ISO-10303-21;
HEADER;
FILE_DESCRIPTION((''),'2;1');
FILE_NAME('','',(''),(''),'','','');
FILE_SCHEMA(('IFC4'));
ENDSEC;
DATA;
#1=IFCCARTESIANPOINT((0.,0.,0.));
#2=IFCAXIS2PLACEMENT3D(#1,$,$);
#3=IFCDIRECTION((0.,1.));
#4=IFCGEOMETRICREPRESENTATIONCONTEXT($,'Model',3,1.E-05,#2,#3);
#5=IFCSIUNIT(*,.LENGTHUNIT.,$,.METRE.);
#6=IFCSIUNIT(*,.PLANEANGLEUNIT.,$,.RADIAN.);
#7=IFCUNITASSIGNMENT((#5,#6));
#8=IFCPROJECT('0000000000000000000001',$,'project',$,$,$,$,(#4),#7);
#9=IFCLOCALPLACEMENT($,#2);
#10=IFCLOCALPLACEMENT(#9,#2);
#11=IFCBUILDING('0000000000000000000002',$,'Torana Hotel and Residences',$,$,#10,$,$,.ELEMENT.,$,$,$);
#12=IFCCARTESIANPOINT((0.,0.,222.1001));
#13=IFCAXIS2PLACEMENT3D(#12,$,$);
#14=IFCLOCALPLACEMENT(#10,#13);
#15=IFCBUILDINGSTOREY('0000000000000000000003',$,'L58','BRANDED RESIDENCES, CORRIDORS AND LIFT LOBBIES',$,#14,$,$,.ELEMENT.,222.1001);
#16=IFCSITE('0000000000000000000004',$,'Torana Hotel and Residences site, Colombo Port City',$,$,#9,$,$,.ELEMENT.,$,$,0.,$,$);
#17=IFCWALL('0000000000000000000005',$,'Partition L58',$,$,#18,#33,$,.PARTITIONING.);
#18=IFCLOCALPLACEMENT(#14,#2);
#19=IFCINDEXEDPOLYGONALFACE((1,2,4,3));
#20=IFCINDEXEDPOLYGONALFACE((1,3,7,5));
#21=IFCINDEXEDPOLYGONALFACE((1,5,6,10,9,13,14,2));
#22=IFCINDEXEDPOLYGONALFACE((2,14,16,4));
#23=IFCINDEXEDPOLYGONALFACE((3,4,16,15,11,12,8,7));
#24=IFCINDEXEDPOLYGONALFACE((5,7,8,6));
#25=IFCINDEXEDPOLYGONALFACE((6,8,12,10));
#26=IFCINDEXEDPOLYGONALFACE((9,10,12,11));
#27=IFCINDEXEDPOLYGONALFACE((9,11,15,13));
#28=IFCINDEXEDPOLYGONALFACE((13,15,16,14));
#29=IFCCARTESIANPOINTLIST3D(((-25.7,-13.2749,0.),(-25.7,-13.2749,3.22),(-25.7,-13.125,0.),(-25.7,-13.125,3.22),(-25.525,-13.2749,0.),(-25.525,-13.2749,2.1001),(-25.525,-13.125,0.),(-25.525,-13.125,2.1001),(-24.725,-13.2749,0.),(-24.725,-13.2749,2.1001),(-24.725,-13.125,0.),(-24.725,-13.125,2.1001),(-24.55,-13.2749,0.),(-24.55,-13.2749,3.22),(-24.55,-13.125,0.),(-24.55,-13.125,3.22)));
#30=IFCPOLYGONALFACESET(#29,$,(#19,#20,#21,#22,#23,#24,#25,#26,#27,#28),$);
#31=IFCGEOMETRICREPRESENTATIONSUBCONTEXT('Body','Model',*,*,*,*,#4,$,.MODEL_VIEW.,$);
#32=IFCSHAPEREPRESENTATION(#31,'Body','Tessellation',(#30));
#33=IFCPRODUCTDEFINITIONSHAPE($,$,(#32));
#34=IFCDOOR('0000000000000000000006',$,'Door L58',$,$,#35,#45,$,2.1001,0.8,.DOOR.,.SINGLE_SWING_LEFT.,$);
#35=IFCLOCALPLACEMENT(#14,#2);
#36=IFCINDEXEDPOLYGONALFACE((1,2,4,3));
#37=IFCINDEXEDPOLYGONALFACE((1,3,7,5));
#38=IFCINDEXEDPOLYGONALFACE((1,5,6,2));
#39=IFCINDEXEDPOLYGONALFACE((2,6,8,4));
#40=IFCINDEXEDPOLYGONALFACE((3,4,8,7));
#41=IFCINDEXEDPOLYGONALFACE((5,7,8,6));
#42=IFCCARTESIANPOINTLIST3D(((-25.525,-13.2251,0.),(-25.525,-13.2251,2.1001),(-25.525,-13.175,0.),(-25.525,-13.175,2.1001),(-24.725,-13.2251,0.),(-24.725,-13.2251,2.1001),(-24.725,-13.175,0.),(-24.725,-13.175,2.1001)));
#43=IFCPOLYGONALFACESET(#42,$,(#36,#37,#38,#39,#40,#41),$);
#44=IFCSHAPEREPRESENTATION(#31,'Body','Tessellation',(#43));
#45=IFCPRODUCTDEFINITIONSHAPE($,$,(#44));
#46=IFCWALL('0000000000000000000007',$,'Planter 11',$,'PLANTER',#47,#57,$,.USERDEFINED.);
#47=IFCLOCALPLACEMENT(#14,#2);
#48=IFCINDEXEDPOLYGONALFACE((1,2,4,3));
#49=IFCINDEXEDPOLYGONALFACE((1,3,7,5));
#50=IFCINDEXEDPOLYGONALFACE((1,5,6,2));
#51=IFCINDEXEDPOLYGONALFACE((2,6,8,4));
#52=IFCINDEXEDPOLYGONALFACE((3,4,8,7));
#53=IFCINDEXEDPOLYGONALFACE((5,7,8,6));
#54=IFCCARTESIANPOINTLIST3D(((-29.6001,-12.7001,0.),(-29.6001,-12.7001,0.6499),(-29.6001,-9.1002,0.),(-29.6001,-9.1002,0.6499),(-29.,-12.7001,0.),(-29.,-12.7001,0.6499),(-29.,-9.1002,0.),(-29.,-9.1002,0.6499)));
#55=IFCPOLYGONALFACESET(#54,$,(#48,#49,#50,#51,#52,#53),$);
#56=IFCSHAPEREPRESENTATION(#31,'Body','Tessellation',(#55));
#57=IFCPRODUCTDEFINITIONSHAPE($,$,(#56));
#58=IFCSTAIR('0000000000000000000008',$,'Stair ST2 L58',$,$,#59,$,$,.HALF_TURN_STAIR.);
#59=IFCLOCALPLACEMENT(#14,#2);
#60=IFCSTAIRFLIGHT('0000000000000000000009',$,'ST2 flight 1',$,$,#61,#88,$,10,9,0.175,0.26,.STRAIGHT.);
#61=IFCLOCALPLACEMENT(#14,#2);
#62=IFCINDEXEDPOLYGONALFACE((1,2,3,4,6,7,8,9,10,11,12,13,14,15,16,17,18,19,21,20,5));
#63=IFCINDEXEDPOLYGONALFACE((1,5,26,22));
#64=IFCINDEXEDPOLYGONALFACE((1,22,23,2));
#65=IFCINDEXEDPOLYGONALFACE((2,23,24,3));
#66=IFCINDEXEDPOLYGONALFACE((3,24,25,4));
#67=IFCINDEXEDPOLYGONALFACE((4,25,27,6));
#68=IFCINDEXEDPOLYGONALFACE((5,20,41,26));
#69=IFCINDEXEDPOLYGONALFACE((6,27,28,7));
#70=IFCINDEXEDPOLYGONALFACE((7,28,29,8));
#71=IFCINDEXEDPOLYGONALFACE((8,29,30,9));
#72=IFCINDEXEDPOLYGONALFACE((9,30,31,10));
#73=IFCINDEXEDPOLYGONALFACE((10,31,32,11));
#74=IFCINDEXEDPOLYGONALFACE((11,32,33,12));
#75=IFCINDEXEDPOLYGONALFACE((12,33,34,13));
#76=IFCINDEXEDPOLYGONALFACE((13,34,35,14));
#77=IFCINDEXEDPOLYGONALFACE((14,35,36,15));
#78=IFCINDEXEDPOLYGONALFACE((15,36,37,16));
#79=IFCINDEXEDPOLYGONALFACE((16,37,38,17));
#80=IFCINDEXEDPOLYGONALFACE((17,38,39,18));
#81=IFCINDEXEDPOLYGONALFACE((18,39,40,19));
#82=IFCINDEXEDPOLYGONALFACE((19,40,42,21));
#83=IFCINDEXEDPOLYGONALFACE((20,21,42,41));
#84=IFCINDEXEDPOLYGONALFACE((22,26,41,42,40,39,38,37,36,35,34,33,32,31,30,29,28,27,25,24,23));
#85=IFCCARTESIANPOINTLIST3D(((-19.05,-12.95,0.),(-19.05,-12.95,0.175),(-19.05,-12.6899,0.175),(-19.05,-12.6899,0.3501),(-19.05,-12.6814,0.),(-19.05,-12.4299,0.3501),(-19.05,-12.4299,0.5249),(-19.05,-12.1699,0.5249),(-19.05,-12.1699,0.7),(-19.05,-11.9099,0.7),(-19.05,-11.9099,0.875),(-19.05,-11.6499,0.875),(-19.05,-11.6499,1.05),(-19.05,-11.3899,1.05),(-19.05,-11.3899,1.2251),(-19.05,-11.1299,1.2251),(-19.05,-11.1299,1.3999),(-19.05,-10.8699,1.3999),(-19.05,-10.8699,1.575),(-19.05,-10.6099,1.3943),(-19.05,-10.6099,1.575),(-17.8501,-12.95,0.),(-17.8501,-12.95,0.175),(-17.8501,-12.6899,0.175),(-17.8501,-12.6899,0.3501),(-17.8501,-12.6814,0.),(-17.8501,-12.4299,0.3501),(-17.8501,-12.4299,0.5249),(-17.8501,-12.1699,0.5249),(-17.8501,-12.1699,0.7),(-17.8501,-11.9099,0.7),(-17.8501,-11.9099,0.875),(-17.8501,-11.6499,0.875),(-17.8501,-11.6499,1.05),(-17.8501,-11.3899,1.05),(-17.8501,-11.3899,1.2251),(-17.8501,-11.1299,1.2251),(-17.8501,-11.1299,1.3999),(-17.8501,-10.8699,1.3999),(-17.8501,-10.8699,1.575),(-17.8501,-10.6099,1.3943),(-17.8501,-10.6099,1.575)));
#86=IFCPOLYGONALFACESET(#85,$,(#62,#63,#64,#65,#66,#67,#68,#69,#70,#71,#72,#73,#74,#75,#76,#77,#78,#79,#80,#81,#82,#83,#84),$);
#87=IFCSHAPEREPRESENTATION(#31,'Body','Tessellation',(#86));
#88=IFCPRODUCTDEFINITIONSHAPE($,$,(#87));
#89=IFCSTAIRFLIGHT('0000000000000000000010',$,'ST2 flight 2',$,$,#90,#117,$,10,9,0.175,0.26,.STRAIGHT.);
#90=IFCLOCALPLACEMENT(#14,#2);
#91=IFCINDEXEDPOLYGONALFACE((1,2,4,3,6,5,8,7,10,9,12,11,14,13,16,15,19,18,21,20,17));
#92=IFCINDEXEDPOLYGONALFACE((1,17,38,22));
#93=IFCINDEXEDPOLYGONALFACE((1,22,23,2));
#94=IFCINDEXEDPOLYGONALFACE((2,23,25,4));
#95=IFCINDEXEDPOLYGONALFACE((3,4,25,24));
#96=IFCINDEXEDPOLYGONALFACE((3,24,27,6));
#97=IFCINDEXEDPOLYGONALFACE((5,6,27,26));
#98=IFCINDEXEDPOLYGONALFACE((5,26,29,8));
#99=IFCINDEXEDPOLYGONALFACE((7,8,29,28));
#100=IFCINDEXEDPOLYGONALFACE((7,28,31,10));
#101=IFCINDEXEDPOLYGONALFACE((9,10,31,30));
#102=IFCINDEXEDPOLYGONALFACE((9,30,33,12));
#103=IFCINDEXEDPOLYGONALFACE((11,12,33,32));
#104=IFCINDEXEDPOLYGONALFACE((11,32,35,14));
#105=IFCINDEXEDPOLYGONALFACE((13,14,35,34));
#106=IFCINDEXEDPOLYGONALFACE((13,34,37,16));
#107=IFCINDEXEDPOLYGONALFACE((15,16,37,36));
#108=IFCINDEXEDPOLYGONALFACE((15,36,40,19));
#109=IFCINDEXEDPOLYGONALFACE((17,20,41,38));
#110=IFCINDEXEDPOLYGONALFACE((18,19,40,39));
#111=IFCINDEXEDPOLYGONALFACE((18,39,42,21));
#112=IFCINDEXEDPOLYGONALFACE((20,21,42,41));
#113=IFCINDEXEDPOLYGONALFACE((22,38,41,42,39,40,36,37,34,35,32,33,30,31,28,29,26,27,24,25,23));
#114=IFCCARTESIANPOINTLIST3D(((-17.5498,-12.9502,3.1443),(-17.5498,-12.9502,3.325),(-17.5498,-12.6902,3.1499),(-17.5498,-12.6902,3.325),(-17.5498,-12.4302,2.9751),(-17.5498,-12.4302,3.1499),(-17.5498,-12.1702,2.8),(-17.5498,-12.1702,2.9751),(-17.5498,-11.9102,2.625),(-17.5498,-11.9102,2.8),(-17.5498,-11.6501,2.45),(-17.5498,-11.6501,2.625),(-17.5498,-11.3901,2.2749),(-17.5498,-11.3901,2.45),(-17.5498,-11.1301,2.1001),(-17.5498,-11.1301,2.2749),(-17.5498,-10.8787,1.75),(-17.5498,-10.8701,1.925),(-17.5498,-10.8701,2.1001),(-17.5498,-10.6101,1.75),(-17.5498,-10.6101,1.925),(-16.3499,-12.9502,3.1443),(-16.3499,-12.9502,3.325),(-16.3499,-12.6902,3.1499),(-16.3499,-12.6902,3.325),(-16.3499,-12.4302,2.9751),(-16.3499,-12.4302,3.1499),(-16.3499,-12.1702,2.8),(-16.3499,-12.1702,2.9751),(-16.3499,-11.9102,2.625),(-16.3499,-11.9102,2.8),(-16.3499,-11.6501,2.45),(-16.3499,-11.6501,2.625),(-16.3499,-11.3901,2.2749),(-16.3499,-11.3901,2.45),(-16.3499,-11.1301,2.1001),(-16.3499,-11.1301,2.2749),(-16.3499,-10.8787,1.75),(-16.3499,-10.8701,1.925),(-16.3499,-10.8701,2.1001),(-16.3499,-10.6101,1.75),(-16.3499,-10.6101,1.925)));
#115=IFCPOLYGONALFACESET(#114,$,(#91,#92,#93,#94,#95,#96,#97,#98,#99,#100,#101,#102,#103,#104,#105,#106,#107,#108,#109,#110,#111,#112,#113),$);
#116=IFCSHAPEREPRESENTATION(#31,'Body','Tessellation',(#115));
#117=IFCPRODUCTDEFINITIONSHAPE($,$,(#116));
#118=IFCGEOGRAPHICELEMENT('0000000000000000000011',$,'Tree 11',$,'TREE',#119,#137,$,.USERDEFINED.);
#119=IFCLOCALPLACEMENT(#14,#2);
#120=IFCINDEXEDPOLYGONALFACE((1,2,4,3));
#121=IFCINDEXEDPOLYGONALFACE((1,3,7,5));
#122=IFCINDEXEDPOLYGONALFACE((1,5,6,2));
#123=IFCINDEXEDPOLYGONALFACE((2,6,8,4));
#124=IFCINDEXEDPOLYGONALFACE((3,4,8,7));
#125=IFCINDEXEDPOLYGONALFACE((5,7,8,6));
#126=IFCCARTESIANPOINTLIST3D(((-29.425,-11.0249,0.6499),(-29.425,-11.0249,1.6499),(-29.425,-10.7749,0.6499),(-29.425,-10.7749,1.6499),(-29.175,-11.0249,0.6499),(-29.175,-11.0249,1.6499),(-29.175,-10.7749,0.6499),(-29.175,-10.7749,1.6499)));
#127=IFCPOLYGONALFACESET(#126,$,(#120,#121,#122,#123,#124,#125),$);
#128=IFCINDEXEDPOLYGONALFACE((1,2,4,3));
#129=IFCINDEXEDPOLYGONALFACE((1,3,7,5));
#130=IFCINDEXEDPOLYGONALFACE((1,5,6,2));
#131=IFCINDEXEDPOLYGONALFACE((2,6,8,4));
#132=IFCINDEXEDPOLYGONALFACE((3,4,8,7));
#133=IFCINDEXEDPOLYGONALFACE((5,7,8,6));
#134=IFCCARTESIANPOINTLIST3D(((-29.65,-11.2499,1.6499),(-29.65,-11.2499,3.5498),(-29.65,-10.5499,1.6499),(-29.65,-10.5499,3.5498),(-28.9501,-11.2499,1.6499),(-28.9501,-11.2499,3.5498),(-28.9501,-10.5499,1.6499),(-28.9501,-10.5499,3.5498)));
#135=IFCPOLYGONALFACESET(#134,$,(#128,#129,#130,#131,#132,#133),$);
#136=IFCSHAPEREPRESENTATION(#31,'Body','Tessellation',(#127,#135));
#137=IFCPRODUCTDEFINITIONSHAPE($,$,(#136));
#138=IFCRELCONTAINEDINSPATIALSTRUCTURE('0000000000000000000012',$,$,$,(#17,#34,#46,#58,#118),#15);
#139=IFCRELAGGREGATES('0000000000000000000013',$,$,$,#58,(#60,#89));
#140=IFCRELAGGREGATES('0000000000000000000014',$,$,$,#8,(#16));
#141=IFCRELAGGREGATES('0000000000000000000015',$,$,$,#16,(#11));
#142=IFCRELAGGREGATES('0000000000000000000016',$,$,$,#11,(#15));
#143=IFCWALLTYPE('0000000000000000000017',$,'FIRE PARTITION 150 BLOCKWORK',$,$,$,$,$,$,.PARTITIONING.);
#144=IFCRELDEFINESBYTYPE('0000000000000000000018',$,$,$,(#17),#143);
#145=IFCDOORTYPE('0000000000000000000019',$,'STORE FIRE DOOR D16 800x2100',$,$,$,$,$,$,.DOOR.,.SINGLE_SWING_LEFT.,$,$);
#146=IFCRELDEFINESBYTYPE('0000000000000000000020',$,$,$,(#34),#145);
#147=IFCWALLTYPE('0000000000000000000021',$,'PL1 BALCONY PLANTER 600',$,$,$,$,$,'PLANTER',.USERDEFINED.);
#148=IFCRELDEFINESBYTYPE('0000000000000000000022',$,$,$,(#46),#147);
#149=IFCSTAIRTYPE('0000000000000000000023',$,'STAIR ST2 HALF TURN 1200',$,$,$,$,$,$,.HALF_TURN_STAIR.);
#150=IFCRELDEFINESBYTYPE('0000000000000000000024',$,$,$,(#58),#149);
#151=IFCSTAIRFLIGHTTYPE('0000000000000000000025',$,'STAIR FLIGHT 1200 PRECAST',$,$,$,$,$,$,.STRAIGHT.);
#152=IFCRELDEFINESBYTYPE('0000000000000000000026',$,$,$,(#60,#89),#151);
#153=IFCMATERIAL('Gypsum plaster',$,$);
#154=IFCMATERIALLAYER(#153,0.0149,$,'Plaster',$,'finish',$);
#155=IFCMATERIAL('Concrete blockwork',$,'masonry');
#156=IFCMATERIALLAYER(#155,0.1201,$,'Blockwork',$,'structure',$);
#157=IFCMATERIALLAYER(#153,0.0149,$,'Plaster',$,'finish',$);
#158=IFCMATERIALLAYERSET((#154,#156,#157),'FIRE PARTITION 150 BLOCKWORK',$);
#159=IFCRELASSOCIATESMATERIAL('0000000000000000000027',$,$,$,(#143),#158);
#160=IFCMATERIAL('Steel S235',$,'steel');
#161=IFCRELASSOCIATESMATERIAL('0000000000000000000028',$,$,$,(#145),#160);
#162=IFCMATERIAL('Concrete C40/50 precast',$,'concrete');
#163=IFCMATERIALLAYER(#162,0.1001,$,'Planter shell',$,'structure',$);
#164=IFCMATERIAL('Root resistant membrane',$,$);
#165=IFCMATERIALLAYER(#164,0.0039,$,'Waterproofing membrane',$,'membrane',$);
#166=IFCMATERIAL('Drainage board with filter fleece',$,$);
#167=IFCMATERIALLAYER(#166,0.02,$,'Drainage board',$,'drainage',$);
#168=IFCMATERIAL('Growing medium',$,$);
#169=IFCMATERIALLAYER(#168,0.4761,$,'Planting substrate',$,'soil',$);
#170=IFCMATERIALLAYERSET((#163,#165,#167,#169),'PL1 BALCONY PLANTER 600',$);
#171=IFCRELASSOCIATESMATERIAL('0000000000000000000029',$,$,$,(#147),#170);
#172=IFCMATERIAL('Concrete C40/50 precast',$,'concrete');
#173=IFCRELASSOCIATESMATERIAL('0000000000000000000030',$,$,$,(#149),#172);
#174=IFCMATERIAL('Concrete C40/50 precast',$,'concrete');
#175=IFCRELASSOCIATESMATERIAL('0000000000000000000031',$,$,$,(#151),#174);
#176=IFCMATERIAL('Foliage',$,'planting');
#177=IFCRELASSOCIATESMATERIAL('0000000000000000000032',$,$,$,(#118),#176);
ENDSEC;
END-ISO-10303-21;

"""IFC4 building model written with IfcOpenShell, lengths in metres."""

from ifc_helpers import new_model, si_unit, direction, frame, frame_2d, origin, origin_2d, place, context, subcontext, project, spatial, polyline, rectangle, outline, extrude, material, layer, layer_set, type_object, element, fill, aggregate, save


model = new_model("IFC4")

# Units and contexts
model_context = context("Model", 3, precision=1e-05, world=origin(), true_north=direction((0.0, 1.0)))
body_context = subcontext(model_context, "Body", "Model", "MODEL_VIEW")
ifc_project = project(units=[si_unit("LENGTHUNIT", "METRE"), si_unit("PLANEANGLEUNIT", "RADIAN")], contexts=[model_context])

# Site, building, storey
site_placement = place(None, origin())
site = spatial("IfcSite", under=ifc_project, at=site_placement, Name="Torana Hotel and Residences site, Colombo Port City", CompositionType="ELEMENT", RefElevation=0.0)
building_placement = place(site_placement, origin())
building = spatial("IfcBuilding", under=site, at=building_placement, Name="Torana Hotel and Residences", CompositionType="ELEMENT")
storey_placement = place(building_placement, frame((0.0, 0.0, 222.1001)))
storey = spatial("IfcBuildingStorey", under=building, at=storey_placement, Name="L58", Description="BRANDED RESIDENCES, CORRIDORS AND LIFT LOBBIES", CompositionType="ELEMENT", Elevation=222.1001)

# Wall, opening, door
ifc_material_1 = material(Name="Gypsum plaster")
ifc_layer_1 = layer(ifc_material_1, 0.0149, Name="Plaster", Category="finish")
ifc_material_2 = material(Name="Concrete blockwork", Category="masonry")
ifc_layer_2 = layer(ifc_material_2, 0.1201, Name="Blockwork", Category="structure")
ifc_layer_3 = layer(ifc_material_1, 0.0149, Name="Plaster", Category="finish")
ifc_layer_set_1 = layer_set([ifc_layer_1, ifc_layer_2, ifc_layer_3], Name="FIRE PARTITION 150 BLOCKWORK")
wall_type_1 = type_object("IfcWallType", Name="FIRE PARTITION 150 BLOCKWORK", PredefinedType="PARTITIONING", material=ifc_layer_set_1)
wall_1_placement = place(storey_placement, frame((-25.7, -13.2, 0.0), z_axis=(0.0, 0.0, 1.0), x_axis=(1.0, 0.0, 0.0)))
wall_1 = element("IfcWall", 1, at=wall_1_placement, inside=storey, type_object=wall_type_1, Name="Partition L58", PredefinedType="PARTITIONING", context=body_context, shape_type="SweptSolid", body=[
    extrude(rectangle(XDim=1.1499, YDim=0.1499, at=frame_2d((0.575, 0.0))), origin(), (0.0, 0.0, 1.0), 3.22),
])
opening_1_placement = place(wall_1_placement, frame((0.175, 0.0, 0.0)))
opening_1 = element("IfcOpeningElement", 2, at=opening_1_placement, cuts=wall_1, PredefinedType="OPENING", context=body_context, shape_type="SweptSolid", body=[
    extrude(rectangle(XDim=0.8, YDim=2.1001, at=frame_2d((0.3999, 1.05))), frame((0.0, 0.085, 0.0), z_axis=(0.0, -1.0, 0.0), x_axis=(1.0, 0.0, 0.0)), (0.0, 0.0, 1.0), 0.1699),
])
ifc_material_3 = material(Name="Steel S235", Category="steel")
door_type_1 = type_object("IfcDoorType", Name="STORE FIRE DOOR D16 800x2100", OperationType="SINGLE_SWING_LEFT", PredefinedType="DOOR", material=ifc_material_3)
door_1_placement = place(opening_1_placement, origin())
door_1 = element("IfcDoor", 3, at=door_1_placement, inside=storey, type_object=door_type_1, Name="Door L58", OperationType="SINGLE_SWING_LEFT", OverallHeight=2.1001, OverallWidth=0.8, PredefinedType="DOOR", context=body_context, shape_type="SweptSolid", body=[
    extrude(rectangle(XDim=0.8, YDim=2.1001, at=frame_2d((0.3999, 1.05))), frame((0.0, 0.0249, 0.0), z_axis=(0.0, -1.0, 0.0), x_axis=(1.0, 0.0, 0.0)), (0.0, 0.0, 1.0), 0.05),
])
fill(opening_1, door_1)

# Wall
ifc_material_4 = material(Name="Concrete C40/50 precast", Category="concrete")
ifc_layer_4 = layer(ifc_material_4, 0.1001, Name="Planter shell", Category="structure")
ifc_material_5 = material(Name="Root resistant membrane")
ifc_layer_5 = layer(ifc_material_5, 0.0039, Name="Waterproofing membrane", Category="membrane")
ifc_material_6 = material(Name="Drainage board with filter fleece")
ifc_layer_6 = layer(ifc_material_6, 0.02, Name="Drainage board", Category="drainage")
ifc_material_7 = material(Name="Growing medium")
ifc_layer_7 = layer(ifc_material_7, 0.4761, Name="Planting substrate", Category="soil")
ifc_layer_set_2 = layer_set([ifc_layer_4, ifc_layer_5, ifc_layer_6, ifc_layer_7], Name="PL1 BALCONY PLANTER 600")
wall_type_2 = type_object("IfcWallType", Name="PL1 BALCONY PLANTER 600", ElementType="PLANTER", PredefinedType="USERDEFINED", material=ifc_layer_set_2)
wall_2_placement = place(storey_placement, frame((-29.3, -12.7, 0.0), z_axis=(0.0, 0.0, 1.0), x_axis=(0.0, 1.0, 0.0)))
element("IfcWall", 4, at=wall_2_placement, inside=storey, type_object=wall_type_2, Name="Planter 11", ObjectType="PLANTER", PredefinedType="USERDEFINED", context=body_context, shape_type="SweptSolid", body=[
    extrude(rectangle(XDim=3.5999, YDim=0.6001, at=frame_2d((1.7998, 0.0))), origin(), (0.0, 0.0, 1.0), 0.6499),
])

# Stair, stair flights
ifc_material_8 = material(Name="Concrete C40/50 precast", Category="concrete")
stair_type = type_object("IfcStairType", Name="STAIR ST2 HALF TURN 1200", PredefinedType="HALF_TURN_STAIR", material=ifc_material_8)
stair_placement = place(storey_placement, origin())
stair = element("IfcStair", 5, at=stair_placement, inside=storey, type_object=stair_type, Name="Stair ST2 L58", PredefinedType="HALF_TURN_STAIR")
ifc_material_9 = material(Name="Concrete C40/50 precast", Category="concrete")
stair_flight_type = type_object("IfcStairFlightType", Name="STAIR FLIGHT 1200 PRECAST", PredefinedType="STRAIGHT", material=ifc_material_9)
stair_flight_1_placement = place(storey_placement, frame((-18.45, -12.95, 0.0), z_axis=(0.0, 0.0, 1.0), x_axis=(0.0, 1.0, 0.0)))
stair_flight_1 = element("IfcStairFlight", 6, at=stair_flight_1_placement, type_object=stair_flight_type, Name="ST2 flight 1", NumberOfRisers=10, NumberOfTreads=9, PredefinedType="STRAIGHT", RiserHeight=0.175, TreadLength=0.26, context=body_context, shape_type="SweptSolid", body=[
    extrude(outline(polyline([(0.0, 0.0), (0.0, 0.175), (0.26, 0.175), (0.26, 0.3501), (0.52, 0.3501), (0.52, 0.5249), (0.78, 0.5249), (0.78, 0.7), (1.04, 0.7), (1.04, 0.875), (1.3, 0.875), (1.3, 1.05), (1.5601, 1.05), (1.5601, 1.2251), (1.8201, 1.2251), (1.8201, 1.3999), (2.0801, 1.3999), (2.0801, 1.575), (2.3401, 1.575), (2.3401, 1.75), (2.3401, 1.3943), (0.2686, 0.0), (0.0, 0.0)])), frame((0.0, 0.6001, 0.0), z_axis=(0.0, -1.0, 0.0), x_axis=(1.0, 0.0, 0.0)), (0.0, 0.0, 1.0), 1.2),
])
stair_flight_2_placement = place(storey_placement, frame((-16.95, -10.6101, 1.75), z_axis=(0.0, 0.0, 1.0), x_axis=(0.0, -1.0, 0.0)))
stair_flight_2 = element("IfcStairFlight", 7, at=stair_flight_2_placement, type_object=stair_flight_type, Name="ST2 flight 2", NumberOfRisers=10, NumberOfTreads=9, PredefinedType="STRAIGHT", RiserHeight=0.175, TreadLength=0.26, context=body_context, shape_type="SweptSolid", body=[
    extrude(outline(polyline([(0.0, 0.0), (0.0, 0.175), (0.26, 0.175), (0.26, 0.3501), (0.52, 0.3501), (0.52, 0.5249), (0.78, 0.5249), (0.78, 0.7), (1.04, 0.7), (1.04, 0.875), (1.3, 0.875), (1.3, 1.05), (1.5601, 1.05), (1.5601, 1.2251), (1.8201, 1.2251), (1.8201, 1.3999), (2.0801, 1.3999), (2.0801, 1.575), (2.3401, 1.575), (2.3401, 1.75), (2.3401, 1.3943), (0.2686, 0.0), (0.0, 0.0)])), frame((0.0, 0.6001, 0.0), z_axis=(0.0, -1.0, 0.0), x_axis=(1.0, 0.0, 0.0)), (0.0, 0.0, 1.0), 1.2),
])
aggregate(stair, [stair_flight_1, stair_flight_2])

# Geographic element
ifc_material_10 = material(Name="Foliage", Category="planting")
geographic_element_placement = place(storey_placement, frame((-29.3, -10.8999, 0.6499), z_axis=(0.0, 0.0, 1.0), x_axis=(1.0, 0.0, 0.0)))
element("IfcGeographicElement", 8, at=geographic_element_placement, inside=storey, material=ifc_material_10, Name="Tree 11", ObjectType="TREE", PredefinedType="USERDEFINED", context=body_context, shape_type="SweptSolid", body=[
    extrude(rectangle(XDim=0.25, YDim=0.25, at=origin_2d()), origin(), (0.0, 0.0, 1.0), 1.0),
    extrude(rectangle(XDim=0.7, YDim=0.7, at=origin_2d()), frame((0.0, 0.0, 1.0)), (0.0, 0.0, 1.0), 1.8999),
])

save(model, "model.ifc")
